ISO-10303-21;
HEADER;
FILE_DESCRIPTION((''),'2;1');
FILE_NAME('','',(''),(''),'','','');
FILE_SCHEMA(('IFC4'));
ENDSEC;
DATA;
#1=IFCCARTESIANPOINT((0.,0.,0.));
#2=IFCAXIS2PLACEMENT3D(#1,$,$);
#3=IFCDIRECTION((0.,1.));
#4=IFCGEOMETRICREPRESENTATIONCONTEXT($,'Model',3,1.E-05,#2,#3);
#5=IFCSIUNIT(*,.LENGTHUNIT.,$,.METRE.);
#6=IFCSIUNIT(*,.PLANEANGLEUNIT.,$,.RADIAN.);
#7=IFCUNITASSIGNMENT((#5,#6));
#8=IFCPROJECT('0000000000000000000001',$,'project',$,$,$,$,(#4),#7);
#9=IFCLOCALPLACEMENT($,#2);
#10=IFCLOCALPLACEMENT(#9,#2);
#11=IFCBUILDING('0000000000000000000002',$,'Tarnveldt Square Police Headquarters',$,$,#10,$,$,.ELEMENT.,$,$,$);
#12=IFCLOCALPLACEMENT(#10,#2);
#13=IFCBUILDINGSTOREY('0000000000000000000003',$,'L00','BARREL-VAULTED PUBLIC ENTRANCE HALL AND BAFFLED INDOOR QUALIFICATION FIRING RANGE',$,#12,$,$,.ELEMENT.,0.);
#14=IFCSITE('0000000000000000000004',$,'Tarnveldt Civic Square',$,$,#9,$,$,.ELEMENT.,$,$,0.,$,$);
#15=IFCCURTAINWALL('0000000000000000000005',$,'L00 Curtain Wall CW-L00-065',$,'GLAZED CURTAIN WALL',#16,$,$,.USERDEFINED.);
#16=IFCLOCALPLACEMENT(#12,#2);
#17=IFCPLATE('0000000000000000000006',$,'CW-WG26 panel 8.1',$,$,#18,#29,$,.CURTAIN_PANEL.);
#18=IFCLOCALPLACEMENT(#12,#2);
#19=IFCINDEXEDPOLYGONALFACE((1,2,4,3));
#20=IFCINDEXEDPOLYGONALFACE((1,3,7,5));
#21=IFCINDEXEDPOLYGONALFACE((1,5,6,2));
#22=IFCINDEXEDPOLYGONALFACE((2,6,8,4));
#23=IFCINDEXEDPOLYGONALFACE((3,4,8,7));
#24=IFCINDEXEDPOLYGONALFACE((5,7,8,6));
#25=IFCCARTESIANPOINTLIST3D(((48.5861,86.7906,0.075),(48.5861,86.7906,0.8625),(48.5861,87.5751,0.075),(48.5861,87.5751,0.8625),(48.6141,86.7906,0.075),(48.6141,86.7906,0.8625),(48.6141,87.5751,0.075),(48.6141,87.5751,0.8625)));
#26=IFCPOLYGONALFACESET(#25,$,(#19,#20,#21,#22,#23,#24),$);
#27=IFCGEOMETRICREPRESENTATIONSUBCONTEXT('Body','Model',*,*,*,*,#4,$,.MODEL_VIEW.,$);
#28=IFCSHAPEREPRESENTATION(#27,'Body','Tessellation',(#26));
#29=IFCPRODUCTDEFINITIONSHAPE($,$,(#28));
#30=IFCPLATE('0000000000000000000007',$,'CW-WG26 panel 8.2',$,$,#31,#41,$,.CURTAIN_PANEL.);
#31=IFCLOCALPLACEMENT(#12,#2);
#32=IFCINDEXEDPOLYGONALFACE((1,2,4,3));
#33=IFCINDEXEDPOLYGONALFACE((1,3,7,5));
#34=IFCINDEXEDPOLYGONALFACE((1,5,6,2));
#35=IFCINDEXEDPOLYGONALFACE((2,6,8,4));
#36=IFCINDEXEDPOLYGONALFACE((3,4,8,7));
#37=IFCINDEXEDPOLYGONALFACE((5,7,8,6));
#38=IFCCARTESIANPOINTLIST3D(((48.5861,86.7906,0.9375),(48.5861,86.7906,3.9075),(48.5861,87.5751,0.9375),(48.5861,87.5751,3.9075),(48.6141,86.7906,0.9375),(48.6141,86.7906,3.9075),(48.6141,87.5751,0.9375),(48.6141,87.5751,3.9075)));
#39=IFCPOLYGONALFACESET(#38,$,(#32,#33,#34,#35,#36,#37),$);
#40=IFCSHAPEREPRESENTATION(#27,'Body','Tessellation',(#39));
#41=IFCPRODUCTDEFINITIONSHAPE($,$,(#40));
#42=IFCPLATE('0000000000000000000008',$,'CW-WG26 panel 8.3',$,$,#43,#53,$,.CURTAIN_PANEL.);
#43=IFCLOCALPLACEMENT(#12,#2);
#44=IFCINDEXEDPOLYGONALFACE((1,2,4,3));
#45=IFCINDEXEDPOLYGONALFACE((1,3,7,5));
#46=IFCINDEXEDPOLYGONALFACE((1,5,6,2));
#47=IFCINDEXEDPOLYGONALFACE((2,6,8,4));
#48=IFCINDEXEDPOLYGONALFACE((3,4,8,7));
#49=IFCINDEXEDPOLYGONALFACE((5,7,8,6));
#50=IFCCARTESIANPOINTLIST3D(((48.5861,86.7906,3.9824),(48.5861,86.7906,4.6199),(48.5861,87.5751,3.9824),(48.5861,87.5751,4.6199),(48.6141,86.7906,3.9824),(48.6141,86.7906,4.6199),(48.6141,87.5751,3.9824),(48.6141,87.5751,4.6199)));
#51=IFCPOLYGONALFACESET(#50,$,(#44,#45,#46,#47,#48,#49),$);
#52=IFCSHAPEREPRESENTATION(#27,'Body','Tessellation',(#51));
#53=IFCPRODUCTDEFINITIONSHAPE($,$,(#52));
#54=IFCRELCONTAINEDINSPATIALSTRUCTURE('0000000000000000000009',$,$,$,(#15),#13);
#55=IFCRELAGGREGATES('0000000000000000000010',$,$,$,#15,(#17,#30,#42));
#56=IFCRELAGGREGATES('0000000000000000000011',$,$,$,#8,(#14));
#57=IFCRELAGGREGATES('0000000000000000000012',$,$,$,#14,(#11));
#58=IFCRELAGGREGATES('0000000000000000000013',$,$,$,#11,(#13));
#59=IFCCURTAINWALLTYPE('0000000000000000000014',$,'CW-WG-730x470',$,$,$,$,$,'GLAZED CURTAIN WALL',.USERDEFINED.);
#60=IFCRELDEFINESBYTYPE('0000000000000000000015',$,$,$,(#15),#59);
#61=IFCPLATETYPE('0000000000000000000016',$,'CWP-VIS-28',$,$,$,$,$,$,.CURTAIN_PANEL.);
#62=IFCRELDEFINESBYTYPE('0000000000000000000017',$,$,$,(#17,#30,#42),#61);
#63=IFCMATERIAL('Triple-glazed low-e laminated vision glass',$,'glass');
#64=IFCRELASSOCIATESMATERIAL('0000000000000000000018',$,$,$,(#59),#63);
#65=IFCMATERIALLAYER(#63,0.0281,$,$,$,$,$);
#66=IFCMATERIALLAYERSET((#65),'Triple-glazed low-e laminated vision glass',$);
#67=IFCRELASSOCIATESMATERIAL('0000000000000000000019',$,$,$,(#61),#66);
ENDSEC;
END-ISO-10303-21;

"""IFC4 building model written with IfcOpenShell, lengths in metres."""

from ifc_helpers import new_model, si_unit, direction, frame, origin, origin_2d, place, context, subcontext, project, spatial, rectangle, extrude, material, layer, layer_set, type_object, element, aggregate, save


model = new_model("IFC4")

# Units and contexts
model_context = context("Model", 3, precision=1e-05, world=origin(), true_north=direction((0.0, 1.0)))
body_context = subcontext(model_context, "Body", "Model", "MODEL_VIEW")
ifc_project = project(units=[si_unit("LENGTHUNIT", "METRE"), si_unit("PLANEANGLEUNIT", "RADIAN")], contexts=[model_context])

# Site, building, storey
site_placement = place(None, origin())
site = spatial("IfcSite", under=ifc_project, at=site_placement, Name="Tarnveldt Civic Square", CompositionType="ELEMENT", RefElevation=0.0)
building_placement = place(site_placement, origin())
building = spatial("IfcBuilding", under=site, at=building_placement, Name="Tarnveldt Square Police Headquarters", CompositionType="ELEMENT")
storey_placement = place(building_placement, origin())
storey = spatial("IfcBuildingStorey", under=building, at=storey_placement, Name="L00", Description="BARREL-VAULTED PUBLIC ENTRANCE HALL AND BAFFLED INDOOR QUALIFICATION FIRING RANGE", CompositionType="ELEMENT", Elevation=0.0)

# Curtain wall, plates
ifc_material_1 = material(Name="Triple-glazed low-e laminated vision glass", Category="glass")
curtain_wall_type = type_object("IfcCurtainWallType", Name="CW-WG-730x470", ElementType="GLAZED CURTAIN WALL", PredefinedType="USERDEFINED", material=ifc_material_1)
curtain_wall_placement = place(storey_placement, origin())
curtain_wall = element("IfcCurtainWall", 1, at=curtain_wall_placement, inside=storey, type_object=curtain_wall_type, Name="L00 Curtain Wall CW-L00-065", ObjectType="GLAZED CURTAIN WALL", PredefinedType="USERDEFINED")
ifc_layer = layer(ifc_material_1, 0.0281)
ifc_layer_set = layer_set([ifc_layer], Name="Triple-glazed low-e laminated vision glass")
plate_type = type_object("IfcPlateType", Name="CWP-VIS-28", PredefinedType="CURTAIN_PANEL", material=ifc_layer_set)
plate_1_placement = place(storey_placement, frame((48.6001, 87.1829, 0.075), z_axis=(0.0, 0.0, 1.0), x_axis=(0.0, 1.0, 0.0)))
plate_1 = element("IfcPlate", 2, at=plate_1_placement, type_object=plate_type, Name="CW-WG26 panel 8.1", PredefinedType="CURTAIN_PANEL", context=body_context, shape_type="SweptSolid", body=[
    extrude(rectangle(XDim=0.7844, YDim=0.0281, at=origin_2d()), origin(), (0.0, 0.0, 1.0), 0.7876),
])
plate_2_placement = place(storey_placement, frame((48.6001, 87.1829, 0.9375), z_axis=(0.0, 0.0, 1.0), x_axis=(0.0, 1.0, 0.0)))
plate_2 = element("IfcPlate", 3, at=plate_2_placement, type_object=plate_type, Name="CW-WG26 panel 8.2", PredefinedType="CURTAIN_PANEL", context=body_context, shape_type="SweptSolid", body=[
    extrude(rectangle(XDim=0.7844, YDim=0.0281, at=origin_2d()), origin(), (0.0, 0.0, 1.0), 2.97),
])
plate_3_placement = place(storey_placement, frame((48.6001, 87.1829, 3.9824), z_axis=(0.0, 0.0, 1.0), x_axis=(0.0, 1.0, 0.0)))
plate_3 = element("IfcPlate", 4, at=plate_3_placement, type_object=plate_type, Name="CW-WG26 panel 8.3", PredefinedType="CURTAIN_PANEL", context=body_context, shape_type="SweptSolid", body=[
    extrude(rectangle(XDim=0.7844, YDim=0.0281, at=origin_2d()), origin(), (0.0, 0.0, 1.0), 0.6375),
])
aggregate(curtain_wall, [plate_1, plate_2, plate_3])

save(model, "model.ifc")
